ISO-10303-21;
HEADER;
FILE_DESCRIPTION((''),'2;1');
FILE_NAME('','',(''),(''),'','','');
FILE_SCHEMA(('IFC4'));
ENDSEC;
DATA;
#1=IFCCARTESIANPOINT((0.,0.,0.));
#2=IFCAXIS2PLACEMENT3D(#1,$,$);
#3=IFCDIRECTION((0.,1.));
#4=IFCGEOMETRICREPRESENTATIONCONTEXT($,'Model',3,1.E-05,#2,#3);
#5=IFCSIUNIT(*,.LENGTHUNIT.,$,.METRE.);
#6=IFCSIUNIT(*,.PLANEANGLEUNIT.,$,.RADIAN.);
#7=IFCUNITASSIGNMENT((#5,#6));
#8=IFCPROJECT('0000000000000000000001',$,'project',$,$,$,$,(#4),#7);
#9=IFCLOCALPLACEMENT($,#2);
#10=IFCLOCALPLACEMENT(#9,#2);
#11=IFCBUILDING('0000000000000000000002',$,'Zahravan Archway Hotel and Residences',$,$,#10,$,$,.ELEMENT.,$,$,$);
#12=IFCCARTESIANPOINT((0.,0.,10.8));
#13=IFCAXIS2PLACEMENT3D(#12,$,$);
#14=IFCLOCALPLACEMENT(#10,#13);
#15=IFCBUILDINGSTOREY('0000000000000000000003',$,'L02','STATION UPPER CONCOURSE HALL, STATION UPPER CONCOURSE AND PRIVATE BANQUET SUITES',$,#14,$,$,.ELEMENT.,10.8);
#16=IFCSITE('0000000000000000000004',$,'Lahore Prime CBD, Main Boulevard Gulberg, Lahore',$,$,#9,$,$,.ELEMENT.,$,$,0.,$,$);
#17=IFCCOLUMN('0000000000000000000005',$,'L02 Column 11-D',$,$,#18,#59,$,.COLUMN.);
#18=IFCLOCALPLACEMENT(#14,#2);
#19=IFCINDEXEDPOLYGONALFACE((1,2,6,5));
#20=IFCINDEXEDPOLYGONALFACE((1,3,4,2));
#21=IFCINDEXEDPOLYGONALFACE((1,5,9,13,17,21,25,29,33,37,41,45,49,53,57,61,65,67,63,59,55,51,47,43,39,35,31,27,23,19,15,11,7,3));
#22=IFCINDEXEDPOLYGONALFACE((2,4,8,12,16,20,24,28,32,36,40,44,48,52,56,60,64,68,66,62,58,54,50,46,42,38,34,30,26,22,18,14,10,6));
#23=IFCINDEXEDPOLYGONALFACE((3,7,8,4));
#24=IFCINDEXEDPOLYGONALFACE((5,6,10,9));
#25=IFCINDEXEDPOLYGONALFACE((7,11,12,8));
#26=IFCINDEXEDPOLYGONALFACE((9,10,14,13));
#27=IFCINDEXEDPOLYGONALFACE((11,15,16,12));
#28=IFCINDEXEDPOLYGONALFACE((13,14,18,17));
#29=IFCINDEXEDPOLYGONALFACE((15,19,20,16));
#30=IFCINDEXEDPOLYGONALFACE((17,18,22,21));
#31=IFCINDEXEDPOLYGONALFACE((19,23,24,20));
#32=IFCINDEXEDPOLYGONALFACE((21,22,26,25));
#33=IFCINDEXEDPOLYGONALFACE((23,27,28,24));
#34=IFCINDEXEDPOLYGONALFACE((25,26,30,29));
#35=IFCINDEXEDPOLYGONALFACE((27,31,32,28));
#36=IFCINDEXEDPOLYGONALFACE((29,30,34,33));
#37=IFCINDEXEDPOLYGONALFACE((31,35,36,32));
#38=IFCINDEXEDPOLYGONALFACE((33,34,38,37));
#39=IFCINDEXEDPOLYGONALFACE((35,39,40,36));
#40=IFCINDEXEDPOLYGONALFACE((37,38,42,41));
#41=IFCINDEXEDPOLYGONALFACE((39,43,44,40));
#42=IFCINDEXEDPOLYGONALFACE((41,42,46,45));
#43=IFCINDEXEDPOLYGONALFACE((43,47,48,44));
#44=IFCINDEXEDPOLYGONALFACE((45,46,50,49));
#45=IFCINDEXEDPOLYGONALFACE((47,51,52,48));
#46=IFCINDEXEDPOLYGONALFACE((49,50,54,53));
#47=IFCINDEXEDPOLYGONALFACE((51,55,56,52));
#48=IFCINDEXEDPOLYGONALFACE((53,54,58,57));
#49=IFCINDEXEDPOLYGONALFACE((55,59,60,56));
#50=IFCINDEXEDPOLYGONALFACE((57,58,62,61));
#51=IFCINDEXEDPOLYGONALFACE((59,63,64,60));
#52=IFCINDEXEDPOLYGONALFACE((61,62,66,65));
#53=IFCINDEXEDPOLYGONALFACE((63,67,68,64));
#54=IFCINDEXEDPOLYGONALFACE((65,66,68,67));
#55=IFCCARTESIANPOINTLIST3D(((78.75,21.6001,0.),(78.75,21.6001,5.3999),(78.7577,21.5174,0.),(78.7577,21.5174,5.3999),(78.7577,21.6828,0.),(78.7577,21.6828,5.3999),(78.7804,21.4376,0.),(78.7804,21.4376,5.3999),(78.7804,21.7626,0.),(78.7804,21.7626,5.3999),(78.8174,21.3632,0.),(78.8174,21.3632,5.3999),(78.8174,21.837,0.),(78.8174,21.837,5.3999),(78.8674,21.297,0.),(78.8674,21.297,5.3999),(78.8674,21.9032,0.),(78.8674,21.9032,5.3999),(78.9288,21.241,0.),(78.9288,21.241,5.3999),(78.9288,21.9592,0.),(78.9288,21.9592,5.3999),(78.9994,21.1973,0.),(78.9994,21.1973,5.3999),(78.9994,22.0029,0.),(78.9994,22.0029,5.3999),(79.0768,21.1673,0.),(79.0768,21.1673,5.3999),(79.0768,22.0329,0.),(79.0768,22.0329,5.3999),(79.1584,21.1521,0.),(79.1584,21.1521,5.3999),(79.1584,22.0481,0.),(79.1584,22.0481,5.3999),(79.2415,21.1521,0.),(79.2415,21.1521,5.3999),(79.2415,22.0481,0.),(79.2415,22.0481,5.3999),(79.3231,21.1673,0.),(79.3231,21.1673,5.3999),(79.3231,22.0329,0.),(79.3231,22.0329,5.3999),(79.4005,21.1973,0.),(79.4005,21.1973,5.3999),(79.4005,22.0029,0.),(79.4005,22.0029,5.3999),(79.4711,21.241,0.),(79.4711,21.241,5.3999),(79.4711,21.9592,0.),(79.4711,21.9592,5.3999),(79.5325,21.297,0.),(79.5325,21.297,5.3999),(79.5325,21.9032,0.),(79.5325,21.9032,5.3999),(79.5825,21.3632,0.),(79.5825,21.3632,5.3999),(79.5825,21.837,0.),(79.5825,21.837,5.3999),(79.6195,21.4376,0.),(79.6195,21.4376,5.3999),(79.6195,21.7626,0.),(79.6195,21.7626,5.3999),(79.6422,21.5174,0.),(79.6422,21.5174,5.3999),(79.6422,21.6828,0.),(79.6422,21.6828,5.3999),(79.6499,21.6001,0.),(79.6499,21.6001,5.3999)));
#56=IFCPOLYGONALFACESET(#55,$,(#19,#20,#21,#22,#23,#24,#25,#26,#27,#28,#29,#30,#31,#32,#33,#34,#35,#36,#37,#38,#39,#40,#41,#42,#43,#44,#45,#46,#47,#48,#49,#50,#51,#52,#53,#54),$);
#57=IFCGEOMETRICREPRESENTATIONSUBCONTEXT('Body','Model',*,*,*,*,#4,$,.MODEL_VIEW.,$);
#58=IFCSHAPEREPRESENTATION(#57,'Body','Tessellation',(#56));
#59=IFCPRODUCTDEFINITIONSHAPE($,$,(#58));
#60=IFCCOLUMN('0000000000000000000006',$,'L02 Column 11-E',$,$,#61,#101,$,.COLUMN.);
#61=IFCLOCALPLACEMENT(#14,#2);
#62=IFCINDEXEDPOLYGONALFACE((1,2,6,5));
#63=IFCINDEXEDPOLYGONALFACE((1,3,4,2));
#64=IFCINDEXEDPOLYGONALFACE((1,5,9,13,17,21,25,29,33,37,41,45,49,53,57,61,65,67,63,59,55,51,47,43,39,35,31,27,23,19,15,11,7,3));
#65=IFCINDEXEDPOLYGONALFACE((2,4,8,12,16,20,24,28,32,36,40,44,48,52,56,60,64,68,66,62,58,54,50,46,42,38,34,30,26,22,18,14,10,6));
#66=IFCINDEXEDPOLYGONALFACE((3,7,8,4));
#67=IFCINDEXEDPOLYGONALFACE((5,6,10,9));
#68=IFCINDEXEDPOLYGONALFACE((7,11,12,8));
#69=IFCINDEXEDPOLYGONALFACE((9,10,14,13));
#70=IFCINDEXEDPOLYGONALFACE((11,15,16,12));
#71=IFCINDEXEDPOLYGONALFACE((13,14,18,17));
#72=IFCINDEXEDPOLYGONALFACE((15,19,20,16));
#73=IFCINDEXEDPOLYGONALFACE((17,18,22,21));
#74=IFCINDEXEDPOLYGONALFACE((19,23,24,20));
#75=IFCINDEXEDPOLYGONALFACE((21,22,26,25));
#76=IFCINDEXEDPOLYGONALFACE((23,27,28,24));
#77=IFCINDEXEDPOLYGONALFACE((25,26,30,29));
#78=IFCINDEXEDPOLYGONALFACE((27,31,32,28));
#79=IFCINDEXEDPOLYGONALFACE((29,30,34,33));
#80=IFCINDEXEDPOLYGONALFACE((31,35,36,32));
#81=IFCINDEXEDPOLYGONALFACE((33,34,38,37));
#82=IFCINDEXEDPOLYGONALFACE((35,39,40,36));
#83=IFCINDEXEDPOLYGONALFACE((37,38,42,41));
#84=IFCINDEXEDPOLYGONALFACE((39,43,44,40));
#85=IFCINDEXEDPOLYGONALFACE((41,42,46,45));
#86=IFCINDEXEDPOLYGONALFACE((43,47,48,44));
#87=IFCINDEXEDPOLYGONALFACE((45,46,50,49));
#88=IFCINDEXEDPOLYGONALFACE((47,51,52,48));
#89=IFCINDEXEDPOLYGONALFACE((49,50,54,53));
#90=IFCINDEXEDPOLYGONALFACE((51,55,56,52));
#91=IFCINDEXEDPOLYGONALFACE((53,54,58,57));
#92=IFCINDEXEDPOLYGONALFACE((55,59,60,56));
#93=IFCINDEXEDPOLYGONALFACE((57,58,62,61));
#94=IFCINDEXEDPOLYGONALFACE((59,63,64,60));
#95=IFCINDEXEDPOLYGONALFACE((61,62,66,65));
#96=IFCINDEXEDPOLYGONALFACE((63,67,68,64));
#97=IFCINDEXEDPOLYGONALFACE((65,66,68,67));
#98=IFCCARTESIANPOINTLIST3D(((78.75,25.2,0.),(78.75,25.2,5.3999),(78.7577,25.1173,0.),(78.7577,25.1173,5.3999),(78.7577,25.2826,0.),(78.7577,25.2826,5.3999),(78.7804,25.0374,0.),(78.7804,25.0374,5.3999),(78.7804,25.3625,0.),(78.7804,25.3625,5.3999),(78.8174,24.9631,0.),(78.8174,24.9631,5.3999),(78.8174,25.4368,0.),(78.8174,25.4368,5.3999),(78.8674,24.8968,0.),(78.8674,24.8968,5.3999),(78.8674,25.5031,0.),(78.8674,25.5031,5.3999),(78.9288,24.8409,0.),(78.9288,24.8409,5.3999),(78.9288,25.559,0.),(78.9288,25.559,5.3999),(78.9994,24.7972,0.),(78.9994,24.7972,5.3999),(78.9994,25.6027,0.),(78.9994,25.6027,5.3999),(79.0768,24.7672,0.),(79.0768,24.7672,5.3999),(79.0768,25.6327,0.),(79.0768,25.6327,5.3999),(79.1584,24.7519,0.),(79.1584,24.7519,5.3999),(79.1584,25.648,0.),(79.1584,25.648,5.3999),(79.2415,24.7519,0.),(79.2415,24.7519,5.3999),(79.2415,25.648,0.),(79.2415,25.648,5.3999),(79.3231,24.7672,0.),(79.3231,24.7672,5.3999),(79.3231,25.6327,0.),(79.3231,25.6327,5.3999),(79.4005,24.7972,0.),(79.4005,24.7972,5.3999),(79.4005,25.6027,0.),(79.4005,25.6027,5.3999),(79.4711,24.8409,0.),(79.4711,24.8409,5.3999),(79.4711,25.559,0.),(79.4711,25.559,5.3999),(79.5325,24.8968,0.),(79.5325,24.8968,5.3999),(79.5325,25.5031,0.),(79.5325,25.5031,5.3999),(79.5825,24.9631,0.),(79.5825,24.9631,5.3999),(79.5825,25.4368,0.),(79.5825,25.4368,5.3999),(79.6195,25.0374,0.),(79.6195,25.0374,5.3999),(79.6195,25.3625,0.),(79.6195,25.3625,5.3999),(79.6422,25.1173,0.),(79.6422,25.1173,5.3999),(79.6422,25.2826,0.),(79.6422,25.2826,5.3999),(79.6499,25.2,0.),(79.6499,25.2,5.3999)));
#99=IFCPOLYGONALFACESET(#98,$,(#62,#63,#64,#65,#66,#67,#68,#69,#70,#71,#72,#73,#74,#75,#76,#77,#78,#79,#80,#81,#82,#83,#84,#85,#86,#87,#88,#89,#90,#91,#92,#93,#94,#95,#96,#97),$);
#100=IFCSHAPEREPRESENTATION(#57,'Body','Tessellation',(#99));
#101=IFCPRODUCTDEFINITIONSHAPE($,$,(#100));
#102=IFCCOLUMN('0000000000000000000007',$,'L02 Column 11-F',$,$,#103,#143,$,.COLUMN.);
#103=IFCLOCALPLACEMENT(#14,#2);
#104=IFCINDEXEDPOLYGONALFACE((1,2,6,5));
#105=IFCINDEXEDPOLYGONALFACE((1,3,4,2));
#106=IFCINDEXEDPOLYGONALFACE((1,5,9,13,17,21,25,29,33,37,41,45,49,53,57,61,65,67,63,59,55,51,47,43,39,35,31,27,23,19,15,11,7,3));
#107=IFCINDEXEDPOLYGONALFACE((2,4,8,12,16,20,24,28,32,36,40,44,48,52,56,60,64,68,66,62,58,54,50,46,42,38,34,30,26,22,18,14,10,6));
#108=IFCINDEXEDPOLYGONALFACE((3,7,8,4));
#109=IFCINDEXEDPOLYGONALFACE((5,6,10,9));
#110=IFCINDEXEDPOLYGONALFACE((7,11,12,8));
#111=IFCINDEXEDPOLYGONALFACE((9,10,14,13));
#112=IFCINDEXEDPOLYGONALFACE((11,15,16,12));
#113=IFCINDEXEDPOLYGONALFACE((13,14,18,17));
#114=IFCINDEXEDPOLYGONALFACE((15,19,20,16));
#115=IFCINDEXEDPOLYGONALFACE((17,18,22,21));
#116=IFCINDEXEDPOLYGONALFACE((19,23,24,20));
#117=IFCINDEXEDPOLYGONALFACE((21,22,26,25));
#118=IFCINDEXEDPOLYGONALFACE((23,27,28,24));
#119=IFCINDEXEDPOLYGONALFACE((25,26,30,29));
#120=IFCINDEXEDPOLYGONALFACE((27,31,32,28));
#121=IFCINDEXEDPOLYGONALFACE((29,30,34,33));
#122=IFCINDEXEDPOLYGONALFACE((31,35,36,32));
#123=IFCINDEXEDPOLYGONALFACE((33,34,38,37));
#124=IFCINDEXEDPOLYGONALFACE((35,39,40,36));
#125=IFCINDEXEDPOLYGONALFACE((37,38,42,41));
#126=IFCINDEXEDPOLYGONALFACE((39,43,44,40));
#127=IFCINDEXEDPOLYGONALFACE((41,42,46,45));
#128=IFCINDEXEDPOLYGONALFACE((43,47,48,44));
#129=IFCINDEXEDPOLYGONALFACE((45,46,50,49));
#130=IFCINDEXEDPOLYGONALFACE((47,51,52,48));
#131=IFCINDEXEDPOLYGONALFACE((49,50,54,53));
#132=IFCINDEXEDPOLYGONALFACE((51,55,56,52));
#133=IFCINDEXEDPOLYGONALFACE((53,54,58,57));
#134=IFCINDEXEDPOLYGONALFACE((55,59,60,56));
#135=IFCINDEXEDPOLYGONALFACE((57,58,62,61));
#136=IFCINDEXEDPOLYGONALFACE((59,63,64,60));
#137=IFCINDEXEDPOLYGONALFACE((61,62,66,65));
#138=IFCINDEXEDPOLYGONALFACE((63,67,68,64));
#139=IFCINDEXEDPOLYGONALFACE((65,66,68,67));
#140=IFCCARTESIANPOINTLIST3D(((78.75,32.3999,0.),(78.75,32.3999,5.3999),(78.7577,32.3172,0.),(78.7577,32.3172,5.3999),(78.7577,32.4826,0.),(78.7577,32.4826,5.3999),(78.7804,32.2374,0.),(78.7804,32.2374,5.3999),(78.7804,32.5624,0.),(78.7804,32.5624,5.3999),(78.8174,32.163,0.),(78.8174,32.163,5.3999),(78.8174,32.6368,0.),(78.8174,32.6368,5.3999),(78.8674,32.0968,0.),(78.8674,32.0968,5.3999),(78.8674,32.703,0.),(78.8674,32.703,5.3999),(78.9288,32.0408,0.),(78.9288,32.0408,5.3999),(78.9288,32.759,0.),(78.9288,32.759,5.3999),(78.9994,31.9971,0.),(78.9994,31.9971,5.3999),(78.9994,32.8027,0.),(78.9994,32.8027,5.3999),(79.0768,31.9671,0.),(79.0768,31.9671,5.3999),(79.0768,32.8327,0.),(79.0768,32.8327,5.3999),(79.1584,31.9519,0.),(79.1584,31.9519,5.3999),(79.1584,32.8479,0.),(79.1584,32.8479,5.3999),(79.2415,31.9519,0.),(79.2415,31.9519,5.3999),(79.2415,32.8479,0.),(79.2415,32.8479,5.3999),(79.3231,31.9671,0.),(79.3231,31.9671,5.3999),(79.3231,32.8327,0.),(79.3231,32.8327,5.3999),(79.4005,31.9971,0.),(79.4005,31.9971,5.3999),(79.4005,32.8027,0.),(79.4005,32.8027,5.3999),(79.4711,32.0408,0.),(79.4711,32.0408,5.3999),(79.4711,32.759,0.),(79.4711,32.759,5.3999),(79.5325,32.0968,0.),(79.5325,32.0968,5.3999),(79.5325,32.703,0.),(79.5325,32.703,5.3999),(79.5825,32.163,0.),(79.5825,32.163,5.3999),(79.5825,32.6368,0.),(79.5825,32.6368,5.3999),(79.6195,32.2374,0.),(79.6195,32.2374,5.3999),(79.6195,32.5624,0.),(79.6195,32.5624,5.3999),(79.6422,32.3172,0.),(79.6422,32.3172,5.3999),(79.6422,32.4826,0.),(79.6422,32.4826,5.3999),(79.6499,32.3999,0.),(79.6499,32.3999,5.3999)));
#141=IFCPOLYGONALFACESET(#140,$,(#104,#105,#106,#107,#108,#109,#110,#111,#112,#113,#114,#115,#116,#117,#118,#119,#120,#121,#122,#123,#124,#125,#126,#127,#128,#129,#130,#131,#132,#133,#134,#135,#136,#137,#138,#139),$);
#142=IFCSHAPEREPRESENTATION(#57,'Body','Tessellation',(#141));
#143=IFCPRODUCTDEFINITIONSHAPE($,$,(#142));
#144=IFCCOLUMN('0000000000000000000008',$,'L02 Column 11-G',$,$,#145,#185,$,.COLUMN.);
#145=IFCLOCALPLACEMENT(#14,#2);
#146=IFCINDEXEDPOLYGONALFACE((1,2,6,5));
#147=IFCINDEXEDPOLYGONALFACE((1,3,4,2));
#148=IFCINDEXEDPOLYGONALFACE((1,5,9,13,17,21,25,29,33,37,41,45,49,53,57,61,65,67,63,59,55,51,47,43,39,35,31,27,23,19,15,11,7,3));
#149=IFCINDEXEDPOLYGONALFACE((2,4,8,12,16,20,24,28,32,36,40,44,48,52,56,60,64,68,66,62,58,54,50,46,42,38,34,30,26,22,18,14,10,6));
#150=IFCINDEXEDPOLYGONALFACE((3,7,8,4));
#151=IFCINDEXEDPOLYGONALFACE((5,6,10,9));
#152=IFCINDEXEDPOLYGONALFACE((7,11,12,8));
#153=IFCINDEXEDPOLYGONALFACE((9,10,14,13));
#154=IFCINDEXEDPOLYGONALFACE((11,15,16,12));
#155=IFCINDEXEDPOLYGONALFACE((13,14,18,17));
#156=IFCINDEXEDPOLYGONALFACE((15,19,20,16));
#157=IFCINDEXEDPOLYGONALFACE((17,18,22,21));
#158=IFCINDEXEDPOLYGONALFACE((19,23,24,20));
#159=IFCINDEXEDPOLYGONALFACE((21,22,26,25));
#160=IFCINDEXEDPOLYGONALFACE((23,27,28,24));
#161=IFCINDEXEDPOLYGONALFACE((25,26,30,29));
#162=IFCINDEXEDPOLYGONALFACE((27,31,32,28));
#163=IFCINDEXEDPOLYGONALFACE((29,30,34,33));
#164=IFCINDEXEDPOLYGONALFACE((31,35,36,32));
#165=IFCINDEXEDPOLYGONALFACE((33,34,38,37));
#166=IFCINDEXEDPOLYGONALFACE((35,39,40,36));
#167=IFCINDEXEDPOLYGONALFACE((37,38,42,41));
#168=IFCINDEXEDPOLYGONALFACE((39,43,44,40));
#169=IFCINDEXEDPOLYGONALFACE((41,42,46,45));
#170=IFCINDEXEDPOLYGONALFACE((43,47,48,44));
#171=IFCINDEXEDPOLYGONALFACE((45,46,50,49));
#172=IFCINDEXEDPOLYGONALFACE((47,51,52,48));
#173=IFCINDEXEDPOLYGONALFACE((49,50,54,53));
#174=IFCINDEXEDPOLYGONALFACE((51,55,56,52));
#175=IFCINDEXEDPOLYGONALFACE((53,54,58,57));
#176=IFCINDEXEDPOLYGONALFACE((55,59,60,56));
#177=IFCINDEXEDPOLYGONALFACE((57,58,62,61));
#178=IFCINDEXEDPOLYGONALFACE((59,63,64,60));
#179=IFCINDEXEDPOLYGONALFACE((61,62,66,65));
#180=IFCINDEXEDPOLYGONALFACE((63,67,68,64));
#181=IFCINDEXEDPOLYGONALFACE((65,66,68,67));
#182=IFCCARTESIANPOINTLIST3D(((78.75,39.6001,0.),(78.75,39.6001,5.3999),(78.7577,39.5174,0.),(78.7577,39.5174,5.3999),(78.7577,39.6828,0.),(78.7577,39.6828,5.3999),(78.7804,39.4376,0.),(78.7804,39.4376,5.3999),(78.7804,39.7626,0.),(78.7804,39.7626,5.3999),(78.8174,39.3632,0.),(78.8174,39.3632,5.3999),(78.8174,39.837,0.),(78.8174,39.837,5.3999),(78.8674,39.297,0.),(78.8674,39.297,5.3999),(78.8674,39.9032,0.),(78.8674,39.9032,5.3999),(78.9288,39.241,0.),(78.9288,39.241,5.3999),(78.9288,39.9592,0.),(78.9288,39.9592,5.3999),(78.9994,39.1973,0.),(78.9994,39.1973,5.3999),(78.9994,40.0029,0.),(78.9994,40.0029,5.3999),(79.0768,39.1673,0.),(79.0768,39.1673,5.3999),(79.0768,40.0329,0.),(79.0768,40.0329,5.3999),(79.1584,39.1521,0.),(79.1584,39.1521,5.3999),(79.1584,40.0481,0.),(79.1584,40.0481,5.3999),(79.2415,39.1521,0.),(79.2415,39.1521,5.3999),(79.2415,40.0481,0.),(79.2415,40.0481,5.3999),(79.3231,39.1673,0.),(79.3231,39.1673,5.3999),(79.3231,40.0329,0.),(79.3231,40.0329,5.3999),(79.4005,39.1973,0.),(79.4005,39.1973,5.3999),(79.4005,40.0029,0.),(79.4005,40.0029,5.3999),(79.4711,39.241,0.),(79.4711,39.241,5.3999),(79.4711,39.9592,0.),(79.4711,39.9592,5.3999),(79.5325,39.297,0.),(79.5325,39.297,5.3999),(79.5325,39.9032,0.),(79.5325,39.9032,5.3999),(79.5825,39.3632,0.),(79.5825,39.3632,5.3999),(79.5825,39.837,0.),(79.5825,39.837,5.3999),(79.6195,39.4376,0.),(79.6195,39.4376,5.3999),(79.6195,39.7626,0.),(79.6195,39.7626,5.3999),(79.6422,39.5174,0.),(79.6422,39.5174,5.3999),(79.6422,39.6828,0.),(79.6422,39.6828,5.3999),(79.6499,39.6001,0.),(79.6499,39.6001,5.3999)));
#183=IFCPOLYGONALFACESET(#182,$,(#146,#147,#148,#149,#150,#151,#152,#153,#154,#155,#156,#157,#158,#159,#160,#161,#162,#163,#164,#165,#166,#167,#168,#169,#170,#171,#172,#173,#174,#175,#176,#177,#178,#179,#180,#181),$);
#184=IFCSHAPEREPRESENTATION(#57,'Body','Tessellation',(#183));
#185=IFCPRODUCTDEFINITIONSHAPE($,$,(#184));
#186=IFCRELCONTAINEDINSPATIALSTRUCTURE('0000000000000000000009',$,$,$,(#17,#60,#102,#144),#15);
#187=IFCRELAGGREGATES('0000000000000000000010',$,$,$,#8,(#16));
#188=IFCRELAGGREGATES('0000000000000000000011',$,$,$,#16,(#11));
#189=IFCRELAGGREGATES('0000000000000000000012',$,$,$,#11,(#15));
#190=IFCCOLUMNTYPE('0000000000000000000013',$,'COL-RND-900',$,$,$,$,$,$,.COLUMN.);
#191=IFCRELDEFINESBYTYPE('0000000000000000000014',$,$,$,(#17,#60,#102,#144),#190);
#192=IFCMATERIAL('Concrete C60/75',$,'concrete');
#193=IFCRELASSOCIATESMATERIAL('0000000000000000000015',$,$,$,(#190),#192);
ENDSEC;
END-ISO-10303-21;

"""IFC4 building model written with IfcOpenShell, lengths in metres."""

from ifc_helpers import new_model, si_unit, direction, frame, origin, origin_2d, place, context, subcontext, project, spatial, circle, extrude, source, transform, mapped, material, material_profile, profile_set, type_object, type_shapes, element, save


model = new_model("IFC4")

# Units and contexts
model_context = context("Model", 3, precision=1e-05, world=origin(), true_north=direction((0.0, 1.0)))
body_context = subcontext(model_context, "Body", "Model", "MODEL_VIEW")
ifc_project = project(units=[si_unit("LENGTHUNIT", "METRE"), si_unit("PLANEANGLEUNIT", "RADIAN")], contexts=[model_context])

# Site, building, storey
site_placement = place(None, origin())
site = spatial("IfcSite", under=ifc_project, at=site_placement, Name="Lahore Prime CBD, Main Boulevard Gulberg, Lahore", CompositionType="ELEMENT", RefElevation=0.0)
building_placement = place(site_placement, origin())
building = spatial("IfcBuilding", under=site, at=building_placement, Name="Zahravan Archway Hotel and Residences", CompositionType="ELEMENT")
storey_placement = place(building_placement, frame((0.0, 0.0, 10.8)))
storey = spatial("IfcBuildingStorey", under=building, at=storey_placement, Name="L02", Description="STATION UPPER CONCOURSE HALL, STATION UPPER CONCOURSE AND PRIVATE BANQUET SUITES", CompositionType="ELEMENT", Elevation=10.8)

# Columns
ifc_material_1 = material(Name="Concrete C60/75", Category="concrete")
ifc_material_profile_1 = material_profile(ifc_material_1, circle(Radius=0.45, at=origin_2d()), Name="RC-CIRC-900", Category="concrete")
ifc_profile_set_1 = profile_set([ifc_material_profile_1], Name="Concrete C60/75")
column_type = type_object("IfcColumnType", Name="COL-RND-900", PredefinedType="COLUMN", material=ifc_profile_set_1)
shared_shape_1 = source(origin(), body_context, "Body", "SweptSolid", [
    extrude(circle(Radius=0.45, at=origin_2d()), origin(), (0.0, 0.0, 1.0), 5.3999),
])
type_shapes(column_type, [shared_shape_1])
for number, where, z_axis, x_axis, name in (
    (1, (79.2, 21.6001, 0.0), (0.0, 0.0, 1.0), (1.0, 0.0, 0.0), "L02 Column 11-D"),
    (2, (79.2, 25.2, 0.0), (0.0, 0.0, 1.0), (1.0, 0.0, 0.0), "L02 Column 11-E"),
    (3, (79.2, 32.3999, 0.0), (0.0, 0.0, 1.0), (1.0, 0.0, 0.0), "L02 Column 11-F"),
    (4, (79.2, 39.6001, 0.0), (0.0, 0.0, 1.0), (1.0, 0.0, 0.0), "L02 Column 11-G"),
):
    element("IfcColumn", number, at=place(storey_placement, frame(where, z_axis=z_axis, x_axis=x_axis)), inside=storey, type_object=column_type, Name=name, PredefinedType="COLUMN", context=body_context, shape_type="MappedRepresentation", body=[
        mapped(shared_shape_1, transform((0.0, 0.0, 0.0), scale=1.0)),
    ])

save(model, "model.ifc")
